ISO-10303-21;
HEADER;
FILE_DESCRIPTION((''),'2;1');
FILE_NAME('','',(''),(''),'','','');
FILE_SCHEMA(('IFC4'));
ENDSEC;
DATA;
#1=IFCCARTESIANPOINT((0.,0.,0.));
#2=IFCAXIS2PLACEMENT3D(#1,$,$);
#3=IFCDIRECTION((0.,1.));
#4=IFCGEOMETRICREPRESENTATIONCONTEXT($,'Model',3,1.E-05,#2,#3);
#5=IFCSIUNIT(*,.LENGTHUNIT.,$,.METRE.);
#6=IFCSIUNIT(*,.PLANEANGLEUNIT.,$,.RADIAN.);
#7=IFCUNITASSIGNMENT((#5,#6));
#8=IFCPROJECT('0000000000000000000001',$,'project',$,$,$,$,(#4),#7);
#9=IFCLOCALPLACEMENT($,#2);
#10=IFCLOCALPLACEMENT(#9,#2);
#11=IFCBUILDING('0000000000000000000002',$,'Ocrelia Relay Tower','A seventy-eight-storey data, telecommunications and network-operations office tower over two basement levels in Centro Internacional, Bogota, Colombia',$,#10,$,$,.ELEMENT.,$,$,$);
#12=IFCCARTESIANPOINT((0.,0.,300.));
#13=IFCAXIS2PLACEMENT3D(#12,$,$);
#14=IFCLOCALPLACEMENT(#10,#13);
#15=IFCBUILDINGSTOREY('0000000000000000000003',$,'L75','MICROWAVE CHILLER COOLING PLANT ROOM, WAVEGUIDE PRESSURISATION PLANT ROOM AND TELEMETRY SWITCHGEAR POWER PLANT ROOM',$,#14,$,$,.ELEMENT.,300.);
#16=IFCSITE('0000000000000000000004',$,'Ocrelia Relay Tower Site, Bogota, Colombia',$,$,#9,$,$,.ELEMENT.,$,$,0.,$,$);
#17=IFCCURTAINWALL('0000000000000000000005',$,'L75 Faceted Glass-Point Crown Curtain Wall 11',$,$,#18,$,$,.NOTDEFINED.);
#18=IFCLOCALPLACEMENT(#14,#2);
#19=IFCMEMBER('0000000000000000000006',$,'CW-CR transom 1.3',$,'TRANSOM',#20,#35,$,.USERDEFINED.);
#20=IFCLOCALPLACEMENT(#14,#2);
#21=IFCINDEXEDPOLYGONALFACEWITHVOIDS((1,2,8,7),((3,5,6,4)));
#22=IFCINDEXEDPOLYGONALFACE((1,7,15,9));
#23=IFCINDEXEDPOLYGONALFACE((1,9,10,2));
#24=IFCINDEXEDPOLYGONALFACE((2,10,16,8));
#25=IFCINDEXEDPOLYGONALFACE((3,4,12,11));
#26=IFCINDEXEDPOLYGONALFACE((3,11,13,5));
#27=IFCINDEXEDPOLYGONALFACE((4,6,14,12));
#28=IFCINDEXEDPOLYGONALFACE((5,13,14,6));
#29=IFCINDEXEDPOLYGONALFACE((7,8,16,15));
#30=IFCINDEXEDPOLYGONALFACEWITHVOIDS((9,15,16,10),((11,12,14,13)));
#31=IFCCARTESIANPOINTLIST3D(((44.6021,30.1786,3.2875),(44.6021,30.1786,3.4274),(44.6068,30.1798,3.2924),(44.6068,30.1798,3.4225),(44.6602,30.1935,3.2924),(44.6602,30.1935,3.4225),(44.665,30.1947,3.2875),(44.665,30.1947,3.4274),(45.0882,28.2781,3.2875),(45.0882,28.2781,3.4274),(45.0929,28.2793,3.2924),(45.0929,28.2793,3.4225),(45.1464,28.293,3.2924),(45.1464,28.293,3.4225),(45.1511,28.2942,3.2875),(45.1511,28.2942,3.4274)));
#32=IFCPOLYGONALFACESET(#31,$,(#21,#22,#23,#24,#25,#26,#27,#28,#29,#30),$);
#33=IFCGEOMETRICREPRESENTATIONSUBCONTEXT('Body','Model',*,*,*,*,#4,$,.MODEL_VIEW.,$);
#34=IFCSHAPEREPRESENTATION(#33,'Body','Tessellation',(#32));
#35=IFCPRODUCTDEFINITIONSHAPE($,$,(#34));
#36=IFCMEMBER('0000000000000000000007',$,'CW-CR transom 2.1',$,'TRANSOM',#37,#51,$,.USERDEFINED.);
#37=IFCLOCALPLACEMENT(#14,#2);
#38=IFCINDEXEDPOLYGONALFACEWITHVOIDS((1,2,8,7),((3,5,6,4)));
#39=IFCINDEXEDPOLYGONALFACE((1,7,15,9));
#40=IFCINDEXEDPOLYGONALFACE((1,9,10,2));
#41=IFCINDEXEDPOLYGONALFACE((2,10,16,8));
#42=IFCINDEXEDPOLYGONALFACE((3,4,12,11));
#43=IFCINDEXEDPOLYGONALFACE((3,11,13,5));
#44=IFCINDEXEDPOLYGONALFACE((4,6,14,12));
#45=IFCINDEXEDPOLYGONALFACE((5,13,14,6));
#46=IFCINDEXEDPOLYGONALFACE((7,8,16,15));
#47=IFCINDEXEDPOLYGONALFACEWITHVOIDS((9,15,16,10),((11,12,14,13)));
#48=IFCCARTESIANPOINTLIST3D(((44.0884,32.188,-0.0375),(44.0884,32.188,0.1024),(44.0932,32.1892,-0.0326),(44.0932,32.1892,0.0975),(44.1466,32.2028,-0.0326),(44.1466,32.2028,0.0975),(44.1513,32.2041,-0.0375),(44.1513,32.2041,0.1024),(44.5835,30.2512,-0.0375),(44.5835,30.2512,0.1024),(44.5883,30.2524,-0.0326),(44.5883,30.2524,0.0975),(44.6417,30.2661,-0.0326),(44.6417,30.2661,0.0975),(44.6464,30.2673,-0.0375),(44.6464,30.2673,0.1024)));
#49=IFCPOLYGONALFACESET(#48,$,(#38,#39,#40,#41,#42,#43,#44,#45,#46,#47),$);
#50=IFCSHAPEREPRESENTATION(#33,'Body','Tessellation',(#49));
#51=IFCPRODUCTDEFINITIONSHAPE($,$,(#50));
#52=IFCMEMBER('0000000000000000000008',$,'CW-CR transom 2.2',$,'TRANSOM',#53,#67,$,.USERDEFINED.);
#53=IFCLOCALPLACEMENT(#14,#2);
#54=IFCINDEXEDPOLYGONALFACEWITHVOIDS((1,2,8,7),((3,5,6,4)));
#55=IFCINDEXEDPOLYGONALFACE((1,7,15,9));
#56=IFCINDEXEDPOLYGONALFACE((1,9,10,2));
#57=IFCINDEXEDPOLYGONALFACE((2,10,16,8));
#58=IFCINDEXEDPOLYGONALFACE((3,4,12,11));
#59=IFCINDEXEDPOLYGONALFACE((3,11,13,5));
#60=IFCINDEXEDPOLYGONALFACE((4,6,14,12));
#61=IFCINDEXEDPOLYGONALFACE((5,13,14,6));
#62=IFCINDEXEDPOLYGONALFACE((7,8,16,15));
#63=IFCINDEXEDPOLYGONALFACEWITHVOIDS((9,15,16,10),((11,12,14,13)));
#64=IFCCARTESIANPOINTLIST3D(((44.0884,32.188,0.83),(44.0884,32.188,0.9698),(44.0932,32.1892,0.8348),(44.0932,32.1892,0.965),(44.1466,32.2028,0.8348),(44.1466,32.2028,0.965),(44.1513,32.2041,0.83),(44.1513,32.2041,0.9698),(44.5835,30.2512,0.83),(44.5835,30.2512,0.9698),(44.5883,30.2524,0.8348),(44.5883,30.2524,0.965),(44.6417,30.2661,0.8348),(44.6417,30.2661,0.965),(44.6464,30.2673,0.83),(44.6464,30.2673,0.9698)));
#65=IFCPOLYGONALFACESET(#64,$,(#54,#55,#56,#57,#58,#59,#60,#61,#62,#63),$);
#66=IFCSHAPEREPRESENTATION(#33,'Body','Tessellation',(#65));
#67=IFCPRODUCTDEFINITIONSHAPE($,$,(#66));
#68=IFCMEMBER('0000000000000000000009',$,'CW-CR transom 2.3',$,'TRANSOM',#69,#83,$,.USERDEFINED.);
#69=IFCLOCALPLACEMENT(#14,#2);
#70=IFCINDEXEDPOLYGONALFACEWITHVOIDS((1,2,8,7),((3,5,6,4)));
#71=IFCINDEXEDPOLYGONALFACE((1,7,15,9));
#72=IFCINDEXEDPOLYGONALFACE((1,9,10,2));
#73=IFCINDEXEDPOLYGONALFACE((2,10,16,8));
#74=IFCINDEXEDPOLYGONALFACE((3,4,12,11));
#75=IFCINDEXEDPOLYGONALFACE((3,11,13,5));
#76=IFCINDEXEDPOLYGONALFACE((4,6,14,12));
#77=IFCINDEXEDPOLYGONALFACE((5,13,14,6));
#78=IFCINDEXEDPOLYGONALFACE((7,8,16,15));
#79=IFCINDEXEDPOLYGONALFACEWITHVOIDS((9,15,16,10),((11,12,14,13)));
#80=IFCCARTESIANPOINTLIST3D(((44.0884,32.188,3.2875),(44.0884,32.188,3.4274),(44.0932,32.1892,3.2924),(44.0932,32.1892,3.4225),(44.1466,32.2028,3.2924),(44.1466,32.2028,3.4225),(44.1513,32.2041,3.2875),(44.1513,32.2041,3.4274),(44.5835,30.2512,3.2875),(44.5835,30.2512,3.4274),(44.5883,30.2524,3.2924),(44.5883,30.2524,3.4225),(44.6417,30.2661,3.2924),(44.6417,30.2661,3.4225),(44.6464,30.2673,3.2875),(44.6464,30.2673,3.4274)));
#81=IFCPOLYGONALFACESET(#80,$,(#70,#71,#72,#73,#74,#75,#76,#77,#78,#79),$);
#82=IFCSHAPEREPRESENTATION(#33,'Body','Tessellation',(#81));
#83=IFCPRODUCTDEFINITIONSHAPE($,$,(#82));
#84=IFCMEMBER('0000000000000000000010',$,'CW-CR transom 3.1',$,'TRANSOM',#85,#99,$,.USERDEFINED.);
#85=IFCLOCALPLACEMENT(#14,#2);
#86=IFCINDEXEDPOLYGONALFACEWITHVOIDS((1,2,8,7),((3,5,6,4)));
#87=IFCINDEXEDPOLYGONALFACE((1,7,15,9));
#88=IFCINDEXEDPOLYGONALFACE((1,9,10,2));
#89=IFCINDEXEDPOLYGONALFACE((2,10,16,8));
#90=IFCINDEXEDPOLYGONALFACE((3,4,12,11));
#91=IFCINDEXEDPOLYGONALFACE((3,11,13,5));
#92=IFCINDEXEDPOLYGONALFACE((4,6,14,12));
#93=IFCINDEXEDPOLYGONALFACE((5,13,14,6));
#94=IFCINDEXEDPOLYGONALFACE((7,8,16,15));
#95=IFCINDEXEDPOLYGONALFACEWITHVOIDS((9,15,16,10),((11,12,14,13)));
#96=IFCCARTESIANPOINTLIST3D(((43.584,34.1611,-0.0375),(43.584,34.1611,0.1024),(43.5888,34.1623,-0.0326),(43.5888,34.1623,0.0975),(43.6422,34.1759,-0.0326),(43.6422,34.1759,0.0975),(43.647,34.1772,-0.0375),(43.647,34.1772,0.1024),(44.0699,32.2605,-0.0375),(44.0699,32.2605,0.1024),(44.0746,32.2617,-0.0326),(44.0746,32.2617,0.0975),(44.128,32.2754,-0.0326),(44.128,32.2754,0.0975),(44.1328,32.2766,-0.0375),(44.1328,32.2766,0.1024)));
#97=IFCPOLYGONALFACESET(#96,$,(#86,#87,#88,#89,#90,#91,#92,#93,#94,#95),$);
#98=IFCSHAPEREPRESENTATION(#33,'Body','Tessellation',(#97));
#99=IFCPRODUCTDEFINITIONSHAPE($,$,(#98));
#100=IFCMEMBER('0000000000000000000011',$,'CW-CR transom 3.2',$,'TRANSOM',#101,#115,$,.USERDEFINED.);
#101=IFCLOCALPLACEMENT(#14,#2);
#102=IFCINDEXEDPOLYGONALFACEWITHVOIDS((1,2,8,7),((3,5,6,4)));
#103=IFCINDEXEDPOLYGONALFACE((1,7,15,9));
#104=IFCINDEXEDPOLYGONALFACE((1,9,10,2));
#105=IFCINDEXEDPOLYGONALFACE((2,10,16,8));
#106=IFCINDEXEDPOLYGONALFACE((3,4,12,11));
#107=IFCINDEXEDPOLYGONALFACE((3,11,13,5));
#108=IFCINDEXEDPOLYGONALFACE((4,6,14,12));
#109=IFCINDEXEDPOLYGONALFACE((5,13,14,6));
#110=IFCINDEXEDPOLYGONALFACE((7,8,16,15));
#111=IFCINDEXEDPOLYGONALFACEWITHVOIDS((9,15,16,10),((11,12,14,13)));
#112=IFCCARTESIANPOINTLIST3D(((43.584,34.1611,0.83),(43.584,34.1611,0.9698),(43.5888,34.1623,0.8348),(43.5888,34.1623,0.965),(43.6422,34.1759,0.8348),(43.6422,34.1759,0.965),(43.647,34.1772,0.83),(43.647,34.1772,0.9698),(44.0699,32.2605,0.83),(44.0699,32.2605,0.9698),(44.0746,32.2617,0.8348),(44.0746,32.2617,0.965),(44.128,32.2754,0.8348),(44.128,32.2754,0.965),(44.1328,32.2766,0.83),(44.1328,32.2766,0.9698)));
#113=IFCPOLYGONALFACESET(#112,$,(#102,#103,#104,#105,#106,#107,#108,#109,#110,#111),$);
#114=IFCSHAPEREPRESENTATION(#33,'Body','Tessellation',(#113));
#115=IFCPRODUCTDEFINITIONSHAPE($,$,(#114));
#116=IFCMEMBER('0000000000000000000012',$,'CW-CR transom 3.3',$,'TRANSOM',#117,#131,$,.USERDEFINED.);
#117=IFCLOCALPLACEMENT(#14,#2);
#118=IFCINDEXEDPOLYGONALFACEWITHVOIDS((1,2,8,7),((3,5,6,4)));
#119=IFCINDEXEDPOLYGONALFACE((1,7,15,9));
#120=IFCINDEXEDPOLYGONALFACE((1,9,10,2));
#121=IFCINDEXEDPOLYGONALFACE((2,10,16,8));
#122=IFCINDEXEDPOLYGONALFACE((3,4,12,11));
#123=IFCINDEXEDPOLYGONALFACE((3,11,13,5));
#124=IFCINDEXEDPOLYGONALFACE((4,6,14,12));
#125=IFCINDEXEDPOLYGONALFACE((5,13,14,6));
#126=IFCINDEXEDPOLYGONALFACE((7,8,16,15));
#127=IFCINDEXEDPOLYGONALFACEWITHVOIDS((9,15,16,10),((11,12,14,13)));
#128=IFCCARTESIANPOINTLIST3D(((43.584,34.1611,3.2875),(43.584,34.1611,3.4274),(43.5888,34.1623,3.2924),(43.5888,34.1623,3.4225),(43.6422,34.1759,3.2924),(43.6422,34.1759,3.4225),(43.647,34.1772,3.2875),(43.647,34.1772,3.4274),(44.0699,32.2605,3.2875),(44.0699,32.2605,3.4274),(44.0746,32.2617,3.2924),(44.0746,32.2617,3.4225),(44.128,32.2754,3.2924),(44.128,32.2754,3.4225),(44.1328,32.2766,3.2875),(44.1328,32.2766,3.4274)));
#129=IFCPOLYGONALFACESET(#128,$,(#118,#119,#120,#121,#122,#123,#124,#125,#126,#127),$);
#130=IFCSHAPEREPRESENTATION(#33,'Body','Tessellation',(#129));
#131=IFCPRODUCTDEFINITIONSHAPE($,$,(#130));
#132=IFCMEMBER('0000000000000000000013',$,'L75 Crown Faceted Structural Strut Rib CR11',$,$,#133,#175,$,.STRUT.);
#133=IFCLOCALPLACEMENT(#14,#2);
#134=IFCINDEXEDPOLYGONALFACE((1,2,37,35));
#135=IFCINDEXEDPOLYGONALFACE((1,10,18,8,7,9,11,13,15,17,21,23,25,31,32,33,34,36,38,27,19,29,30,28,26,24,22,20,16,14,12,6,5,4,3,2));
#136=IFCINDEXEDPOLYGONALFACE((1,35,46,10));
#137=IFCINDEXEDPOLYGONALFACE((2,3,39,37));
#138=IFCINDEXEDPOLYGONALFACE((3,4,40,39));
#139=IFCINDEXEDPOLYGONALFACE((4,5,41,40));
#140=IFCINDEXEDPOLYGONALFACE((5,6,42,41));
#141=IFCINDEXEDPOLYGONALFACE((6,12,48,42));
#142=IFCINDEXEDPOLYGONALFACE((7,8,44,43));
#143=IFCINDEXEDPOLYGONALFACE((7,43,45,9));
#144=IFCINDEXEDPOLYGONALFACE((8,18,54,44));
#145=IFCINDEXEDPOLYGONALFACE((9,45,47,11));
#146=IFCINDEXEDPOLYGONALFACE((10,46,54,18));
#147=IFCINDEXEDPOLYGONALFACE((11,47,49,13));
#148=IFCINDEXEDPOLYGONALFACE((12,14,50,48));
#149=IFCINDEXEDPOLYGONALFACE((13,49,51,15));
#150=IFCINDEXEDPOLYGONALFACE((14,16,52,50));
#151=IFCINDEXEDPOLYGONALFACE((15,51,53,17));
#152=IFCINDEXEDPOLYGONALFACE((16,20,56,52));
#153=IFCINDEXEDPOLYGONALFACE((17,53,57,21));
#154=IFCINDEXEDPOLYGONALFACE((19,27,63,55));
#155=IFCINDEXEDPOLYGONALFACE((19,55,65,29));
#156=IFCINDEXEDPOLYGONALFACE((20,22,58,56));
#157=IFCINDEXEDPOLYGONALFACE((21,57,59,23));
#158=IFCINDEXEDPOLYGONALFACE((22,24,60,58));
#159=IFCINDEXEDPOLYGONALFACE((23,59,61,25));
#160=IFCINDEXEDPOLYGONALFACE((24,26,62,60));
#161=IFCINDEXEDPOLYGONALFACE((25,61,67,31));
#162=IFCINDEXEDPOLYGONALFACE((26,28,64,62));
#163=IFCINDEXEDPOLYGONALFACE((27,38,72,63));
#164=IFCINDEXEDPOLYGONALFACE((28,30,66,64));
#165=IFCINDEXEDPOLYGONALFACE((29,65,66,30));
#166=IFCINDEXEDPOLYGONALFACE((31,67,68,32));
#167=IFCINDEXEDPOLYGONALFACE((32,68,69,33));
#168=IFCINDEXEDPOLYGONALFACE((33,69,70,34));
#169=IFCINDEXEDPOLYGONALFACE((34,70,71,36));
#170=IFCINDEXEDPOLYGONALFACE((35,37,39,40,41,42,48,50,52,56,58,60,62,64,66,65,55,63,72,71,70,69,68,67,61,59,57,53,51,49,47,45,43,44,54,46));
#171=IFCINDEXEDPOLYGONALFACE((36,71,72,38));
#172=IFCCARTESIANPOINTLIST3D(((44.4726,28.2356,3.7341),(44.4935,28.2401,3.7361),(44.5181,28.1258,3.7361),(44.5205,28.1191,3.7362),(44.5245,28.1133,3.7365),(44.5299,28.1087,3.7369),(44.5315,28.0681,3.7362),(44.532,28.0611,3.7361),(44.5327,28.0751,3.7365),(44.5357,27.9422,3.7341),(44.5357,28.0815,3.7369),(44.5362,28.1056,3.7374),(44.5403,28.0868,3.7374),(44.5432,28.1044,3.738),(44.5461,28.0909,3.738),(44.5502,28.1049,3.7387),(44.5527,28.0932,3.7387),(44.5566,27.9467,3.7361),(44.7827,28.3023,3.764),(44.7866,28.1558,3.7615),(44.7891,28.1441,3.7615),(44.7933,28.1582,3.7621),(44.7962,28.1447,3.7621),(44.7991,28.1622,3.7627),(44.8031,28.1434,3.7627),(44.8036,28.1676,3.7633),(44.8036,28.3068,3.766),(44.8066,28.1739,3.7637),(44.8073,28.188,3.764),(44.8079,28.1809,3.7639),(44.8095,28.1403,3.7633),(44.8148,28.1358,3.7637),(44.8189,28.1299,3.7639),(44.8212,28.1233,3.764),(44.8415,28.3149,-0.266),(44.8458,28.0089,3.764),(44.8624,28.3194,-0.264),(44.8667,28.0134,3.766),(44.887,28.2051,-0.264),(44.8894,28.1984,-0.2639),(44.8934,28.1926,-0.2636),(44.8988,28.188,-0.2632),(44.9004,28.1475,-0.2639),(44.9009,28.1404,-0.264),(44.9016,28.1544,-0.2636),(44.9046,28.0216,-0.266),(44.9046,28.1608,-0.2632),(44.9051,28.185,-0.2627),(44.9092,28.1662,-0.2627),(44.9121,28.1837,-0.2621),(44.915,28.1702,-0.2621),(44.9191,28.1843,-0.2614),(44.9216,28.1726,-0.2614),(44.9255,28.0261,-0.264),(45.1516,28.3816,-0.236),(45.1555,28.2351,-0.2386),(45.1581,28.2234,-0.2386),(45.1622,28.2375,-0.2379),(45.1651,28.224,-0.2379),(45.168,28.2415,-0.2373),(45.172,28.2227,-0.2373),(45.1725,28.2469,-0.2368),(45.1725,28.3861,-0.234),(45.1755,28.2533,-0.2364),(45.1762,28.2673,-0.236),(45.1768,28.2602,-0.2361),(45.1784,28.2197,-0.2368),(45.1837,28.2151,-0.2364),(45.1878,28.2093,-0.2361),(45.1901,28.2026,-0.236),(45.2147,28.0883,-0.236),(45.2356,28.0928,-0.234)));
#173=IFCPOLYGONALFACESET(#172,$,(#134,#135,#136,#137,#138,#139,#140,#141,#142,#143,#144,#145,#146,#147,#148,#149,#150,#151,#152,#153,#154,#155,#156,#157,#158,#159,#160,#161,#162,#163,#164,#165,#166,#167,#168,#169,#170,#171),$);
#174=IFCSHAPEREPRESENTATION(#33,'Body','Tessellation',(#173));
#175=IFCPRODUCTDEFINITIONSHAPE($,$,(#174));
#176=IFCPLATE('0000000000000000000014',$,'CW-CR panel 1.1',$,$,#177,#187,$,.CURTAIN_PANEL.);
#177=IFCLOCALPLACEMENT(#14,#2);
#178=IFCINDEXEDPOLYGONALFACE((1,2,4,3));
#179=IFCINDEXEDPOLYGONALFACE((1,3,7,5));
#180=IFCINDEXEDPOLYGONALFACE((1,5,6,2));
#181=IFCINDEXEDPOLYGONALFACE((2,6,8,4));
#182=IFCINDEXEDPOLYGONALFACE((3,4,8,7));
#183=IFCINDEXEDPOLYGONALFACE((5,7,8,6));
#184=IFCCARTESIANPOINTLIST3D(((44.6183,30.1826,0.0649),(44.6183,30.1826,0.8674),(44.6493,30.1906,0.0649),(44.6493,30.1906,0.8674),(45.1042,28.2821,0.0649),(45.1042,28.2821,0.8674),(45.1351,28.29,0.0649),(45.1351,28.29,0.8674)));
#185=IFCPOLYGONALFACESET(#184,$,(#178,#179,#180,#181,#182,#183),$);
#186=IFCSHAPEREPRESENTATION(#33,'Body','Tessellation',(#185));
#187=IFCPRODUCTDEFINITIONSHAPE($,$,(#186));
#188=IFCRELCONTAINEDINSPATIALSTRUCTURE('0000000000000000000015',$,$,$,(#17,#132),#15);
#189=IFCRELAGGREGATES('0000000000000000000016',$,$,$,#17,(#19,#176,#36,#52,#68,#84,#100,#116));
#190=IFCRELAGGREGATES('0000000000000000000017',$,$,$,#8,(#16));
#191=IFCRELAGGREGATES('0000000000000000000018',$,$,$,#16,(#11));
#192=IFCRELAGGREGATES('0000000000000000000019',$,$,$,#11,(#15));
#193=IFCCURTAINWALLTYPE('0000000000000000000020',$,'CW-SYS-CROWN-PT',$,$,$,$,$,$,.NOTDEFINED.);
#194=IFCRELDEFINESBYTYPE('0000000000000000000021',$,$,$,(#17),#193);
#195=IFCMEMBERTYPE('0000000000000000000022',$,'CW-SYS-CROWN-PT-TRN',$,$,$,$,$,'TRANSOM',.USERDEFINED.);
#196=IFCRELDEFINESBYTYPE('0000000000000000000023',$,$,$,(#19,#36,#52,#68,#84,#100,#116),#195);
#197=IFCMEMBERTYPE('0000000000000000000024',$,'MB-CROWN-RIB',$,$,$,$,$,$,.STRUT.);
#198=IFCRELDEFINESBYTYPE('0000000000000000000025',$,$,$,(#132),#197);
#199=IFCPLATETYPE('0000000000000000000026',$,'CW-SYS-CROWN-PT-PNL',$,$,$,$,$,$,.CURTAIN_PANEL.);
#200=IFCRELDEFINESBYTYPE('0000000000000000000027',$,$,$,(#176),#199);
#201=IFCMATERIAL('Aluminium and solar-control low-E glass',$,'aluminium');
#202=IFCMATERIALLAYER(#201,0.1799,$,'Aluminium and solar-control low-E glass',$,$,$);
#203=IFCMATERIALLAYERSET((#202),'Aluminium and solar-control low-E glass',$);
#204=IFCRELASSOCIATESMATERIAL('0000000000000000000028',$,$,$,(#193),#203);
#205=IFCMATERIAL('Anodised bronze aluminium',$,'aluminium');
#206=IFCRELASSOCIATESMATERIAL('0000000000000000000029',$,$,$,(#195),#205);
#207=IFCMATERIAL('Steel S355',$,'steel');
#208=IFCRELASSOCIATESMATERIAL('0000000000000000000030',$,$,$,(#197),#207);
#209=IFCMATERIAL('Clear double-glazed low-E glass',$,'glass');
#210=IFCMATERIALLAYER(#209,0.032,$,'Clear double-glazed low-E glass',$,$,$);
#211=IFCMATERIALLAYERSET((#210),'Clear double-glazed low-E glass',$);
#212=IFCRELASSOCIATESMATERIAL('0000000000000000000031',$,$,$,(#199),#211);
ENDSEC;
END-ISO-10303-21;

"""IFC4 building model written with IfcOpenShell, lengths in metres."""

from ifc_helpers import new_model, si_unit, direction, frame, origin, origin_2d, place, context, subcontext, project, spatial, rectangle, hollow_rectangle, i_section, extrude, material, layer, layer_set, material_profile, profile_set, type_object, element, aggregate, save


model = new_model("IFC4")

# Units and contexts
model_context = context("Model", 3, precision=1e-05, world=origin(), true_north=direction((0.0, 1.0)))
body_context = subcontext(model_context, "Body", "Model", "MODEL_VIEW")
ifc_project = project(units=[si_unit("LENGTHUNIT", "METRE"), si_unit("PLANEANGLEUNIT", "RADIAN")], contexts=[model_context])

# Site, building, storey
site_placement = place(None, origin())
site = spatial("IfcSite", under=ifc_project, at=site_placement, Name="Ocrelia Relay Tower Site, Bogota, Colombia", CompositionType="ELEMENT", RefElevation=0.0)
building_placement = place(site_placement, origin())
building = spatial("IfcBuilding", under=site, at=building_placement, Name="Ocrelia Relay Tower", Description="A seventy-eight-storey data, telecommunications and network-operations office tower over two basement levels in Centro Internacional, Bogota, Colombia", CompositionType="ELEMENT")
storey_placement = place(building_placement, frame((0.0, 0.0, 300.0)))
storey = spatial("IfcBuildingStorey", under=building, at=storey_placement, Name="L75", Description="MICROWAVE CHILLER COOLING PLANT ROOM, WAVEGUIDE PRESSURISATION PLANT ROOM AND TELEMETRY SWITCHGEAR POWER PLANT ROOM", CompositionType="ELEMENT", Elevation=300.0)

# Shared definitions
ifc_material_1 = material(Name="Steel S355", Category="steel")

# Curtain wall, members
ifc_material_2 = material(Name="Aluminium and solar-control low-E glass", Category="aluminium")
ifc_layer_1 = layer(ifc_material_2, 0.1799, Name="Aluminium and solar-control low-E glass")
ifc_layer_set_1 = layer_set([ifc_layer_1], Name="Aluminium and solar-control low-E glass")
curtain_wall_type = type_object("IfcCurtainWallType", Name="CW-SYS-CROWN-PT", PredefinedType="NOTDEFINED", material=ifc_layer_set_1)
curtain_wall_placement = place(storey_placement, origin())
curtain_wall = element("IfcCurtainWall", 1, at=curtain_wall_placement, inside=storey, type_object=curtain_wall_type, Name="L75 Faceted Glass-Point Crown Curtain Wall 11", PredefinedType="NOTDEFINED")
ifc_material_3 = material(Name="Anodised bronze aluminium", Category="aluminium")
ifc_material_profile_1 = material_profile(ifc_material_3, hollow_rectangle(XDim=0.0649, YDim=0.1399, WallThickness=0.0049, at=origin_2d()), Name="CW-TRN-140x65")
ifc_profile_set_1 = profile_set([ifc_material_profile_1], Name="Anodised bronze aluminium")
member_type_1 = type_object("IfcMemberType", Name="CW-SYS-CROWN-PT-TRN", ElementType="TRANSOM", PredefinedType="USERDEFINED", material=ifc_profile_set_1)
member_1_placement = place(storey_placement, frame((45.1196, 28.2861, 3.3574), z_axis=(-0.247803, 0.96881, 0.0), x_axis=(-0.96881, -0.247803, 0.0)))
member_1 = element("IfcMember", 2, at=member_1_placement, type_object=member_type_1, Name="CW-CR transom 1.3", ObjectType="TRANSOM", PredefinedType="USERDEFINED", context=body_context, shape_type="SweptSolid", body=[
    extrude(hollow_rectangle(XDim=0.0649, YDim=0.1399, WallThickness=0.0049, at=origin_2d()), origin(), (0.0, 0.0, 1.0), 1.9617),
])
member_2_placement = place(storey_placement, frame((44.615, 30.2593, 0.0325), z_axis=(-0.247676, 0.968843, 0.0), x_axis=(-0.968843, -0.247676, 0.0)))
member_2 = element("IfcMember", 3, at=member_2_placement, type_object=member_type_1, Name="CW-CR transom 2.1", ObjectType="TRANSOM", PredefinedType="USERDEFINED", context=body_context, shape_type="SweptSolid", body=[
    extrude(hollow_rectangle(XDim=0.0649, YDim=0.1399, WallThickness=0.0049, at=origin_2d()), origin(), (0.0, 0.0, 1.0), 1.999),
])
member_3_placement = place(storey_placement, frame((44.615, 30.2593, 0.8999), z_axis=(-0.247676, 0.968843, 0.0), x_axis=(-0.968843, -0.247676, 0.0)))
member_3 = element("IfcMember", 4, at=member_3_placement, type_object=member_type_1, Name="CW-CR transom 2.2", ObjectType="TRANSOM", PredefinedType="USERDEFINED", context=body_context, shape_type="SweptSolid", body=[
    extrude(hollow_rectangle(XDim=0.0649, YDim=0.1399, WallThickness=0.0049, at=origin_2d()), origin(), (0.0, 0.0, 1.0), 1.999),
])
member_4_placement = place(storey_placement, frame((44.615, 30.2593, 3.3574), z_axis=(-0.247676, 0.968843, 0.0), x_axis=(-0.968843, -0.247676, 0.0)))
member_4 = element("IfcMember", 5, at=member_4_placement, type_object=member_type_1, Name="CW-CR transom 2.3", ObjectType="TRANSOM", PredefinedType="USERDEFINED", context=body_context, shape_type="SweptSolid", body=[
    extrude(hollow_rectangle(XDim=0.0649, YDim=0.1399, WallThickness=0.0049, at=origin_2d()), origin(), (0.0, 0.0, 1.0), 1.999),
])
member_5_placement = place(storey_placement, frame((44.1013, 32.2686, 0.0325), z_axis=(-0.247657, 0.968848, 0.0), x_axis=(-0.968848, -0.247657, 0.0)))
member_5 = element("IfcMember", 6, at=member_5_placement, type_object=member_type_1, Name="CW-CR transom 3.1", ObjectType="TRANSOM", PredefinedType="USERDEFINED", context=body_context, shape_type="SweptSolid", body=[
    extrude(hollow_rectangle(XDim=0.0649, YDim=0.1399, WallThickness=0.0049, at=origin_2d()), origin(), (0.0, 0.0, 1.0), 1.9617),
])
member_6_placement = place(storey_placement, frame((44.1013, 32.2686, 0.8999), z_axis=(-0.247657, 0.968848, 0.0), x_axis=(-0.968848, -0.247657, 0.0)))
member_6 = element("IfcMember", 7, at=member_6_placement, type_object=member_type_1, Name="CW-CR transom 3.2", ObjectType="TRANSOM", PredefinedType="USERDEFINED", context=body_context, shape_type="SweptSolid", body=[
    extrude(hollow_rectangle(XDim=0.0649, YDim=0.1399, WallThickness=0.0049, at=origin_2d()), origin(), (0.0, 0.0, 1.0), 1.9617),
])
member_7_placement = place(storey_placement, frame((44.1013, 32.2686, 3.3574), z_axis=(-0.247657, 0.968848, 0.0), x_axis=(-0.968848, -0.247657, 0.0)))
member_7 = element("IfcMember", 8, at=member_7_placement, type_object=member_type_1, Name="CW-CR transom 3.3", ObjectType="TRANSOM", PredefinedType="USERDEFINED", context=body_context, shape_type="SweptSolid", body=[
    extrude(hollow_rectangle(XDim=0.0649, YDim=0.1399, WallThickness=0.0049, at=origin_2d()), origin(), (0.0, 0.0, 1.0), 1.9617),
])

# Member
ifc_material_profile_2 = material_profile(ifc_material_1, i_section(OverallWidth=0.3, OverallDepth=0.3401, WebThickness=0.012, FlangeThickness=0.0215, FilletRadius=0.0271, at=origin_2d()), Name="HEB 340")
ifc_profile_set_2 = profile_set([ifc_material_profile_2], Name="Steel S355")
member_type_2 = type_object("IfcMemberType", Name="MB-CROWN-RIB", PredefinedType="STRUT", material=ifc_profile_set_2)
member_8_placement = place(storey_placement, frame((45.0386, 28.2039, -0.25), z_axis=(-0.091816, -0.019749, 0.99558), x_axis=(0.21028, -0.977641, 0.0)))
element("IfcMember", 9, at=member_8_placement, inside=storey, type_object=member_type_2, Name="L75 Crown Faceted Structural Strut Rib CR11", PredefinedType="STRUT", context=body_context, shape_type="SweptSolid", body=[
    extrude(i_section(OverallWidth=0.3, OverallDepth=0.3401, WebThickness=0.012, FlangeThickness=0.0215, FilletRadius=0.0271, at=origin_2d()), origin(), (0.0, 0.0, 1.0), 4.0178),
])

# Plate
ifc_material_4 = material(Name="Clear double-glazed low-E glass", Category="glass")
ifc_layer_2 = layer(ifc_material_4, 0.032, Name="Clear double-glazed low-E glass")
ifc_layer_set_2 = layer_set([ifc_layer_2], Name="Clear double-glazed low-E glass")
plate_type = type_object("IfcPlateType", Name="CW-SYS-CROWN-PT-PNL", PredefinedType="CURTAIN_PANEL", material=ifc_layer_set_2)
plate_1_placement = place(storey_placement, frame((44.8767, 29.2363, 0.0649), z_axis=(0.0, 0.0, 1.0), x_axis=(-0.24769, 0.968839, 0.0)))
plate_1 = element("IfcPlate", 10, at=plate_1_placement, type_object=plate_type, Name="CW-CR panel 1.1", PredefinedType="CURTAIN_PANEL", context=body_context, shape_type="SweptSolid", body=[
    extrude(rectangle(XDim=1.9617, YDim=0.032, at=origin_2d()), origin(), (0.0, 0.0, 1.0), 0.8025),
])
aggregate(curtain_wall, [member_1, plate_1, member_2, member_3, member_4, member_5, member_6, member_7])

save(model, "model.ifc")
